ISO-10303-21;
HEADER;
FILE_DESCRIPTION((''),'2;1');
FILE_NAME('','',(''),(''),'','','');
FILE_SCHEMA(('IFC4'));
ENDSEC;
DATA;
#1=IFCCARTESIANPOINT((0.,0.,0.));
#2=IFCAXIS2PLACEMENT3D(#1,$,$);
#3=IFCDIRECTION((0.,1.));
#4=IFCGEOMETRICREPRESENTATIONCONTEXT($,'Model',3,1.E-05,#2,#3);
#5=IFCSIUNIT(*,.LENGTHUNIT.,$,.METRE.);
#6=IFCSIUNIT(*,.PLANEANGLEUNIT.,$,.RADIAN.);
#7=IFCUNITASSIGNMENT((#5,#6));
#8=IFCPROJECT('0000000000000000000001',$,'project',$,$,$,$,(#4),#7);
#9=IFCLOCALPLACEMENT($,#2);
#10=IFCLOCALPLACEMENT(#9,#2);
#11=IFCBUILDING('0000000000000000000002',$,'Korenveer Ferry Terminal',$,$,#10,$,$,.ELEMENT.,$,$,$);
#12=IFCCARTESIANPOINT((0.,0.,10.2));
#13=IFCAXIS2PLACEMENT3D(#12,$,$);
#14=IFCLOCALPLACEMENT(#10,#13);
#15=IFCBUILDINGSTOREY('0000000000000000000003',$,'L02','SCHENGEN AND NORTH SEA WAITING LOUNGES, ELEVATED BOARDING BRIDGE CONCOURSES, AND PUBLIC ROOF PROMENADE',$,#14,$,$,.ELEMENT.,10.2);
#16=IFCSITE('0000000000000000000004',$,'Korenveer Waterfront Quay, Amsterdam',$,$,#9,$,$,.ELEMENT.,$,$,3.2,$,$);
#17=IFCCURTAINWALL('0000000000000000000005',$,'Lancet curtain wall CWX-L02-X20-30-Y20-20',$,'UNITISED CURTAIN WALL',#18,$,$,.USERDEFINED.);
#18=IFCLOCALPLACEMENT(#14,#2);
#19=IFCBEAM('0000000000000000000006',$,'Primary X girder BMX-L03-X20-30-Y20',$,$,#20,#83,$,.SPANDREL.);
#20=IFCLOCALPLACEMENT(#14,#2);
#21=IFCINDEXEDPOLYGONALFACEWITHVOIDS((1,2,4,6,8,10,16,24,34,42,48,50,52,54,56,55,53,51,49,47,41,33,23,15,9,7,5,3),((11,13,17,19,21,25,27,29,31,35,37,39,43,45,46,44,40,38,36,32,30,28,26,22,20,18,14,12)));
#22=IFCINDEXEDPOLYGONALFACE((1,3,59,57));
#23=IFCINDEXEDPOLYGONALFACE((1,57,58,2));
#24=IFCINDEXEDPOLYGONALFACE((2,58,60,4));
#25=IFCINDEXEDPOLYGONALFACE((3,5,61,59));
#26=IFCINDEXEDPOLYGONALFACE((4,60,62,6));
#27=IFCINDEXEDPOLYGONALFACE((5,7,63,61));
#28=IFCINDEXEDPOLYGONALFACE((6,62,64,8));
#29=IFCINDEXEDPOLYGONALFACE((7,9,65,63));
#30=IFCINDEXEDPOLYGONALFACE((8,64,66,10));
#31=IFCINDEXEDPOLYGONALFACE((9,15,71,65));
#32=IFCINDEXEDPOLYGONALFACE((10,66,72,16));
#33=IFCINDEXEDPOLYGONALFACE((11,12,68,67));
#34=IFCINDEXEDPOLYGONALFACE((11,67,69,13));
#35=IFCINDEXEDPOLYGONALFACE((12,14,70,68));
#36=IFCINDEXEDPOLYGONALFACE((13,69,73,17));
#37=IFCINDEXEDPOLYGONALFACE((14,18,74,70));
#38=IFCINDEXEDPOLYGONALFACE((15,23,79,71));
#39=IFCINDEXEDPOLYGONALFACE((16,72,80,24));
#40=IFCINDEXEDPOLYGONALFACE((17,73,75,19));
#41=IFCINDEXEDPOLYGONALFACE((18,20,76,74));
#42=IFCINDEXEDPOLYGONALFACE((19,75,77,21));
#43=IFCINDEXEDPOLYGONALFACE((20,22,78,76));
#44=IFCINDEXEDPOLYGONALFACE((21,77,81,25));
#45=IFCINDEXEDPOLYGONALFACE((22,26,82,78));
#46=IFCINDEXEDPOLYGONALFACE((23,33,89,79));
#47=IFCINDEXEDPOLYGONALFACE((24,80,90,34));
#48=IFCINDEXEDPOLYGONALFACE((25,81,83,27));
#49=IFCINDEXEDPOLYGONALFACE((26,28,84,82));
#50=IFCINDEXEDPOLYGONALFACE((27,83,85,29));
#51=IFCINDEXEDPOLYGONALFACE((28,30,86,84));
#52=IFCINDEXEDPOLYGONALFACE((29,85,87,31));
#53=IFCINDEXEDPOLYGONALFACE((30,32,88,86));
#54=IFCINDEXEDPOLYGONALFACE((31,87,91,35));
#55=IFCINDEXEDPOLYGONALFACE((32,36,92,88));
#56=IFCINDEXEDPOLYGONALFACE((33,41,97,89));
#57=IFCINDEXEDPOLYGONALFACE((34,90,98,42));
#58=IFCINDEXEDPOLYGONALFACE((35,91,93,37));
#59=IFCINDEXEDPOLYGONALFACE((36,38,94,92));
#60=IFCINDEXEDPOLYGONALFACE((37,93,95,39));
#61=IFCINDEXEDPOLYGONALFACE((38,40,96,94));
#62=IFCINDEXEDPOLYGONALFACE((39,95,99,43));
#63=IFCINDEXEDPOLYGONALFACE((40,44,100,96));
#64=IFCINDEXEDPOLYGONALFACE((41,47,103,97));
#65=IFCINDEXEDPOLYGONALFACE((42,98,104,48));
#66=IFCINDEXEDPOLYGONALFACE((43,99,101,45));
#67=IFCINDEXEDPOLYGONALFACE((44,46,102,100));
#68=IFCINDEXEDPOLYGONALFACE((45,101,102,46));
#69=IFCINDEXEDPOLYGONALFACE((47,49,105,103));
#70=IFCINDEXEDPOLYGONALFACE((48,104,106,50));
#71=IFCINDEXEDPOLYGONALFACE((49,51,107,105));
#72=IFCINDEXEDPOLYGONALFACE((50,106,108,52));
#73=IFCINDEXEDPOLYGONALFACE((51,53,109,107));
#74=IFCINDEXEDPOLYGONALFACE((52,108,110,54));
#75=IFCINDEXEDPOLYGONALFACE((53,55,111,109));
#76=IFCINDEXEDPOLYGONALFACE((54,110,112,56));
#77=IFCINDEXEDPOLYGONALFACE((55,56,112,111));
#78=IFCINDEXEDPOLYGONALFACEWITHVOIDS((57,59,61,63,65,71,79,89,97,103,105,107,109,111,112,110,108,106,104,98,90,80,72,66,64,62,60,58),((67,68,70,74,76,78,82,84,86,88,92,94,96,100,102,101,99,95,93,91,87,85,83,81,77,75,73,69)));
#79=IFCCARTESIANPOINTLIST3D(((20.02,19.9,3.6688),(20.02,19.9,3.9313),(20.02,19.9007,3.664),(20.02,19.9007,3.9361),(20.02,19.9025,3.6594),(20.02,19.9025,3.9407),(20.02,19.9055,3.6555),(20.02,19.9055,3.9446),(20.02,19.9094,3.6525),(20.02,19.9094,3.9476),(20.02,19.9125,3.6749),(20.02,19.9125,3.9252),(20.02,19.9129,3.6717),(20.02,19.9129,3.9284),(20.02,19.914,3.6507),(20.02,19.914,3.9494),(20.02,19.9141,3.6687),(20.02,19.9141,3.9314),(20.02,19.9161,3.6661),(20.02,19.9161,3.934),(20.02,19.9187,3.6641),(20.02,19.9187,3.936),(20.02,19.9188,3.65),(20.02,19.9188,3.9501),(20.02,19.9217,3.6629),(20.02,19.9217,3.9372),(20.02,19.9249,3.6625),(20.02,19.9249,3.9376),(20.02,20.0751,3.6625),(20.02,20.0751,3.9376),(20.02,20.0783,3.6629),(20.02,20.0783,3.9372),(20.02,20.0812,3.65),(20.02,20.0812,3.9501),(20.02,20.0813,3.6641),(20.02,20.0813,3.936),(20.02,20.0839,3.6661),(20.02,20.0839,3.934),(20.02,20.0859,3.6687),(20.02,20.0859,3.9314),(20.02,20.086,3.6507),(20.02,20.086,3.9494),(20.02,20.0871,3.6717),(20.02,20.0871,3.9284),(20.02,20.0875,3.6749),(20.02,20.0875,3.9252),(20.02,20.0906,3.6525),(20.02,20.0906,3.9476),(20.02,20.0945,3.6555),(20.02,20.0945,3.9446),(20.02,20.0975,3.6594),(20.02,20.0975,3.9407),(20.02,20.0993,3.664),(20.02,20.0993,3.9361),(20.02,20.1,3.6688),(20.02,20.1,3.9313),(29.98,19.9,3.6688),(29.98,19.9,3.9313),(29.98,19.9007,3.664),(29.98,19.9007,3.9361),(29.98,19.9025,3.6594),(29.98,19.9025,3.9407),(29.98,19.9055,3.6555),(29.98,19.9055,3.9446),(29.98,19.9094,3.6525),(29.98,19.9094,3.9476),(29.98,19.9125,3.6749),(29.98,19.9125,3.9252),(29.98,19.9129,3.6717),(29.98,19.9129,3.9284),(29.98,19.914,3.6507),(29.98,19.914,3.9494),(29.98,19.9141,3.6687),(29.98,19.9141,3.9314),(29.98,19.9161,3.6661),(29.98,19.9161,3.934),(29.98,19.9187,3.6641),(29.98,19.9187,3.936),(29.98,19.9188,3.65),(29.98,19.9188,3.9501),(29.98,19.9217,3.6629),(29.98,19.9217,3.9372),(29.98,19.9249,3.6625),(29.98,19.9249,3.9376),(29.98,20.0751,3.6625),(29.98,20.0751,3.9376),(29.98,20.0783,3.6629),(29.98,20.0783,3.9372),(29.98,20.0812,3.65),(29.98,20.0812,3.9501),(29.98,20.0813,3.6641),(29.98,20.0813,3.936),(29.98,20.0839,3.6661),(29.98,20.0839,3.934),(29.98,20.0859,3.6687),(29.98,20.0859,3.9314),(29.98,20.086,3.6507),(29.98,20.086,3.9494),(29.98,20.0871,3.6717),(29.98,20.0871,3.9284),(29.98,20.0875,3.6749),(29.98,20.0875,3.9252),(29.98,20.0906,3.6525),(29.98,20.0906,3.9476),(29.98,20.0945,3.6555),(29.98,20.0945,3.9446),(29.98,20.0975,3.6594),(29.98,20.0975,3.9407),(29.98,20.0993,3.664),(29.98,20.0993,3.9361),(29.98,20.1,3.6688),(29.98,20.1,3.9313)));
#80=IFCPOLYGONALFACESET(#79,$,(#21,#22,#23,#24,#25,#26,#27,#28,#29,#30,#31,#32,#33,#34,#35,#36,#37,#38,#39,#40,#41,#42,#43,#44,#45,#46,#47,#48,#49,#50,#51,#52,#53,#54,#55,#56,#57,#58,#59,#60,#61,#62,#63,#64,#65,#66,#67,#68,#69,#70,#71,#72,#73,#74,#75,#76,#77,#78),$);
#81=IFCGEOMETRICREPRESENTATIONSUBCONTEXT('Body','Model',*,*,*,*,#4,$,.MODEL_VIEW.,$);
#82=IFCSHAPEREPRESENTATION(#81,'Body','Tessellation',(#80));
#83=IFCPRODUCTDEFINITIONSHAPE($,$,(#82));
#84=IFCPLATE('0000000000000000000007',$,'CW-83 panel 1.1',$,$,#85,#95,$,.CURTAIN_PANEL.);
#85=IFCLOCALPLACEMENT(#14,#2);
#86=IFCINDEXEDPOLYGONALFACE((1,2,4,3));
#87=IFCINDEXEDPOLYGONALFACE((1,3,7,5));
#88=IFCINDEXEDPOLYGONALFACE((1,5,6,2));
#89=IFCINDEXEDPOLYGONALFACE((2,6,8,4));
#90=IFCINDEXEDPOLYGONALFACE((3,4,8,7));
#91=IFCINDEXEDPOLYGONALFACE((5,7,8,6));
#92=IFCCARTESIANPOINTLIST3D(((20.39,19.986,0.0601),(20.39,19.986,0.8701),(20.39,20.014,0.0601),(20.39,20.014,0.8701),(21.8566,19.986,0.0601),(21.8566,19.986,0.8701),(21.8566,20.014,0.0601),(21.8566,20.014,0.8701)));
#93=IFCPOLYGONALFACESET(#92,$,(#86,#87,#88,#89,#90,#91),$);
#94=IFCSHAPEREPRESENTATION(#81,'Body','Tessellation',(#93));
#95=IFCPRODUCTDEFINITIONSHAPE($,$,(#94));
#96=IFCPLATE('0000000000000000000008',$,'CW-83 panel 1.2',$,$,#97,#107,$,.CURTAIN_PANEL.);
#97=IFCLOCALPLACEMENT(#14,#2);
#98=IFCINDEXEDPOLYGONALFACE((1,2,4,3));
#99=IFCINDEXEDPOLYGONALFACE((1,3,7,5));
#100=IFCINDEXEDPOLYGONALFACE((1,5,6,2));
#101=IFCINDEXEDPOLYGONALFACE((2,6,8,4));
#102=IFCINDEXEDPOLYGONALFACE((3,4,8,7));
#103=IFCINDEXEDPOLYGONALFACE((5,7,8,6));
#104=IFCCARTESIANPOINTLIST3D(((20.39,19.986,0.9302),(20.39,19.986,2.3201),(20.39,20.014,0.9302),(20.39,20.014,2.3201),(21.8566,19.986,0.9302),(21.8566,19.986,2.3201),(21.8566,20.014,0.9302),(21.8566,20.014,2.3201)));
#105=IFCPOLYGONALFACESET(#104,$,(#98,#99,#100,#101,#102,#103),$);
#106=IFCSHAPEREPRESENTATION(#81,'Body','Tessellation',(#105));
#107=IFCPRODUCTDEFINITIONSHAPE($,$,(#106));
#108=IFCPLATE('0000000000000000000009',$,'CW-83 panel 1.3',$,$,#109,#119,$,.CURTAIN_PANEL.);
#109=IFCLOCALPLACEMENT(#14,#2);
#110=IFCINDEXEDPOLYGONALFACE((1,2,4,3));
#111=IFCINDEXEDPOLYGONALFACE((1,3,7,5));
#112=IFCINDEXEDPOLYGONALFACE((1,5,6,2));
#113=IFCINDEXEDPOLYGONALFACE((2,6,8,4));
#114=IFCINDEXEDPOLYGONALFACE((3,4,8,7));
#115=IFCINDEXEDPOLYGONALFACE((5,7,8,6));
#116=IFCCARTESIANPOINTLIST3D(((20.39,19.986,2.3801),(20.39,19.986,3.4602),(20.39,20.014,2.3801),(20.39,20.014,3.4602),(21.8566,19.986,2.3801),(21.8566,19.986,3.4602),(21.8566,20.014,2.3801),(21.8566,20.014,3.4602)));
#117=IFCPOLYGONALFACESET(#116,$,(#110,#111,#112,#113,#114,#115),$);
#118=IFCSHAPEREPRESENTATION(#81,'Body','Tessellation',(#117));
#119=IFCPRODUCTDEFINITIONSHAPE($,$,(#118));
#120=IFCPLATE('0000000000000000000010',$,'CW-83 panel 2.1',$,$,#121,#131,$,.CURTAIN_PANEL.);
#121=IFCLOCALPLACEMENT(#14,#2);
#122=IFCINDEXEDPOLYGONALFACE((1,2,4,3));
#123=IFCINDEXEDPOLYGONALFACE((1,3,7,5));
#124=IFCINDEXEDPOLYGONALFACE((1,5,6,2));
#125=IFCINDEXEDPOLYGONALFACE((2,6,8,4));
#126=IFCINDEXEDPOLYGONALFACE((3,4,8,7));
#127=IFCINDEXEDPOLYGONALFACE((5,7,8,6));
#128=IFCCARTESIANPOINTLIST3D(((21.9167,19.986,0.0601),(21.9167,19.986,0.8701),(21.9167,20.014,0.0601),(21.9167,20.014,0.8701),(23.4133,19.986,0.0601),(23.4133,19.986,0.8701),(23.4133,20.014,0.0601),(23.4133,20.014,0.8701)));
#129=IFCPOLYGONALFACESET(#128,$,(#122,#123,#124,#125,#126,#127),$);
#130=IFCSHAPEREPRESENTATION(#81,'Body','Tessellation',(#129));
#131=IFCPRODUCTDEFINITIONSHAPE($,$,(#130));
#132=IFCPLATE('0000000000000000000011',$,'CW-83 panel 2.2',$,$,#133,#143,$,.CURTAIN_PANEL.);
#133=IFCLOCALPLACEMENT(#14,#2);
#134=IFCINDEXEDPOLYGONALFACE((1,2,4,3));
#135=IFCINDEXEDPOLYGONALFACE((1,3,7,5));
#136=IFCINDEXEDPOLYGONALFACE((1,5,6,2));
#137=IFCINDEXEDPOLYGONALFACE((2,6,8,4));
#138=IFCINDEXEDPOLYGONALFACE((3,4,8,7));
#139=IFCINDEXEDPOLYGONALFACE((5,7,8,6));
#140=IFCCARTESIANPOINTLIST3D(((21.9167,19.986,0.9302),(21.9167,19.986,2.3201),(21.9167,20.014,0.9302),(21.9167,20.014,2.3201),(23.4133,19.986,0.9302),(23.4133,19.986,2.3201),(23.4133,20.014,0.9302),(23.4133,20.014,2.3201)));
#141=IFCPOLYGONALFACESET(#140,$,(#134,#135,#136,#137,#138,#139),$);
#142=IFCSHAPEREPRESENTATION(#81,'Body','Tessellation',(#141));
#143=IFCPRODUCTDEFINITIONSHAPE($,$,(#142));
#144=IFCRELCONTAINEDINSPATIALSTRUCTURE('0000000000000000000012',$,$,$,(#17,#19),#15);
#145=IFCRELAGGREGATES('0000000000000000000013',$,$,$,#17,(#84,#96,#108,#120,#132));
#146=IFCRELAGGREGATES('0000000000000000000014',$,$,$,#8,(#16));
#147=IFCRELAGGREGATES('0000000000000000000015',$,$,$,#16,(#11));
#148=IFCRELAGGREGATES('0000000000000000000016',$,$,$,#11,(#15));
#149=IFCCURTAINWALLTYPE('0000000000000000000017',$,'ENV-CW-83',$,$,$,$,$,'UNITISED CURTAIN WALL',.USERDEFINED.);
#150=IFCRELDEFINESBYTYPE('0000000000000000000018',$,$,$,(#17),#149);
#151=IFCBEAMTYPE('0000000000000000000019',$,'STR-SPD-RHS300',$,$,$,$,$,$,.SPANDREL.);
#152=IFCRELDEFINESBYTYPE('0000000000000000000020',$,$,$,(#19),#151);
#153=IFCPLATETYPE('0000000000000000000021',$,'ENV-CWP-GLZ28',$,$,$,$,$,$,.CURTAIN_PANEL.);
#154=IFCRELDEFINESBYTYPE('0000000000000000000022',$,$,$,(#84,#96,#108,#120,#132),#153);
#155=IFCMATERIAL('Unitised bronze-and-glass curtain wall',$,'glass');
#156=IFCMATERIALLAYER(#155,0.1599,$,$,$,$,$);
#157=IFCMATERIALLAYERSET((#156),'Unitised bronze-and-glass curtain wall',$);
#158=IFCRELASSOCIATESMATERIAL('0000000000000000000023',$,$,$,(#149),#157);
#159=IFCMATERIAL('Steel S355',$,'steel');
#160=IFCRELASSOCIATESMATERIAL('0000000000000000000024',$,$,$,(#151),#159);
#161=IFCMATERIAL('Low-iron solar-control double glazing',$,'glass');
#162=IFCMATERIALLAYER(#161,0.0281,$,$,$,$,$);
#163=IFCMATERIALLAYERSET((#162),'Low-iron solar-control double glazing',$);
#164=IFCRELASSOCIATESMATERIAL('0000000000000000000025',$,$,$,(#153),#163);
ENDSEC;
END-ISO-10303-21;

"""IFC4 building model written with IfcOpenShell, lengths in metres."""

from ifc_helpers import new_model, si_unit, direction, frame, origin, origin_2d, place, context, subcontext, project, spatial, rectangle, hollow_rectangle, extrude, material, layer, layer_set, material_profile, profile_set, type_object, element, aggregate, save


model = new_model("IFC4")

# Units and contexts
model_context = context("Model", 3, precision=1e-05, world=origin(), true_north=direction((0.0, 1.0)))
body_context = subcontext(model_context, "Body", "Model", "MODEL_VIEW")
ifc_project = project(units=[si_unit("LENGTHUNIT", "METRE"), si_unit("PLANEANGLEUNIT", "RADIAN")], contexts=[model_context])

# Site, building, storey
site_placement = place(None, origin())
site = spatial("IfcSite", under=ifc_project, at=site_placement, Name="Korenveer Waterfront Quay, Amsterdam", CompositionType="ELEMENT", RefElevation=3.2)
building_placement = place(site_placement, origin())
building = spatial("IfcBuilding", under=site, at=building_placement, Name="Korenveer Ferry Terminal", CompositionType="ELEMENT")
storey_placement = place(building_placement, frame((0.0, 0.0, 10.2)))
storey = spatial("IfcBuildingStorey", under=building, at=storey_placement, Name="L02", Description="SCHENGEN AND NORTH SEA WAITING LOUNGES, ELEVATED BOARDING BRIDGE CONCOURSES, AND PUBLIC ROOF PROMENADE", CompositionType="ELEMENT", Elevation=10.2)

# Curtain wall
ifc_material_1 = material(Name="Unitised bronze-and-glass curtain wall", Category="glass")
ifc_layer_1 = layer(ifc_material_1, 0.1599)
ifc_layer_set_1 = layer_set([ifc_layer_1], Name="Unitised bronze-and-glass curtain wall")
curtain_wall_type = type_object("IfcCurtainWallType", Name="ENV-CW-83", ElementType="UNITISED CURTAIN WALL", PredefinedType="USERDEFINED", material=ifc_layer_set_1)
curtain_wall_placement = place(storey_placement, frame((20.3301, 20.0, 0.0)))
curtain_wall = element("IfcCurtainWall", 1, at=curtain_wall_placement, inside=storey, type_object=curtain_wall_type, Name="Lancet curtain wall CWX-L02-X20-30-Y20-20", ObjectType="UNITISED CURTAIN WALL", PredefinedType="USERDEFINED")

# Beam
ifc_material_2 = material(Name="Steel S355", Category="steel")
ifc_material_profile_1 = material_profile(ifc_material_2, hollow_rectangle(XDim=0.2, YDim=0.3, WallThickness=0.0125, InnerFilletRadius=0.0125, OuterFilletRadius=0.0188, at=origin_2d()), Name="RHS 300x200x12.5")
ifc_profile_set_1 = profile_set([ifc_material_profile_1], Name="Steel S355")
beam_type = type_object("IfcBeamType", Name="STR-SPD-RHS300", PredefinedType="SPANDREL", material=ifc_profile_set_1)
beam_placement = place(storey_placement, frame((20.02, 20.0, 3.8), z_axis=(1.0, 0.0, 0.0), x_axis=(0.0, 1.0, 0.0)))
element("IfcBeam", 2, at=beam_placement, inside=storey, type_object=beam_type, Name="Primary X girder BMX-L03-X20-30-Y20", PredefinedType="SPANDREL", context=body_context, shape_type="SweptSolid", body=[
    extrude(hollow_rectangle(XDim=0.2, YDim=0.3, WallThickness=0.0125, InnerFilletRadius=0.0125, OuterFilletRadius=0.0188, at=origin_2d()), origin(), (0.0, 0.0, 1.0), 9.96),
])

# Plates
ifc_material_3 = material(Name="Low-iron solar-control double glazing", Category="glass")
ifc_layer_2 = layer(ifc_material_3, 0.0281)
ifc_layer_set_2 = layer_set([ifc_layer_2], Name="Low-iron solar-control double glazing")
plate_type = type_object("IfcPlateType", Name="ENV-CWP-GLZ28", PredefinedType="CURTAIN_PANEL", material=ifc_layer_set_2)
plate_1_placement = place(storey_placement, frame((21.1233, 20.0, 0.0601), z_axis=(0.0, 0.0, 1.0), x_axis=(1.0, 0.0, 0.0)))
plate_1 = element("IfcPlate", 3, at=plate_1_placement, type_object=plate_type, Name="CW-83 panel 1.1", PredefinedType="CURTAIN_PANEL", context=body_context, shape_type="SweptSolid", body=[
    extrude(rectangle(XDim=1.4666, YDim=0.0281, at=origin_2d()), origin(), (0.0, 0.0, 1.0), 0.8101),
])
plate_2_placement = place(storey_placement, frame((21.1233, 20.0, 0.9302), z_axis=(0.0, 0.0, 1.0), x_axis=(1.0, 0.0, 0.0)))
plate_2 = element("IfcPlate", 4, at=plate_2_placement, type_object=plate_type, Name="CW-83 panel 1.2", PredefinedType="CURTAIN_PANEL", context=body_context, shape_type="SweptSolid", body=[
    extrude(rectangle(XDim=1.4666, YDim=0.0281, at=origin_2d()), origin(), (0.0, 0.0, 1.0), 1.3899),
])
plate_3_placement = place(storey_placement, frame((21.1233, 20.0, 2.3801), z_axis=(0.0, 0.0, 1.0), x_axis=(1.0, 0.0, 0.0)))
plate_3 = element("IfcPlate", 5, at=plate_3_placement, type_object=plate_type, Name="CW-83 panel 1.3", PredefinedType="CURTAIN_PANEL", context=body_context, shape_type="SweptSolid", body=[
    extrude(rectangle(XDim=1.4666, YDim=0.0281, at=origin_2d()), origin(), (0.0, 0.0, 1.0), 1.0801),
])
plate_4_placement = place(storey_placement, frame((22.665, 20.0, 0.0601), z_axis=(0.0, 0.0, 1.0), x_axis=(1.0, 0.0, 0.0)))
plate_4 = element("IfcPlate", 6, at=plate_4_placement, type_object=plate_type, Name="CW-83 panel 2.1", PredefinedType="CURTAIN_PANEL", context=body_context, shape_type="SweptSolid", body=[
    extrude(rectangle(XDim=1.4966, YDim=0.0281, at=origin_2d()), origin(), (0.0, 0.0, 1.0), 0.8101),
])
plate_5_placement = place(storey_placement, frame((22.665, 20.0, 0.9302), z_axis=(0.0, 0.0, 1.0), x_axis=(1.0, 0.0, 0.0)))
plate_5 = element("IfcPlate", 7, at=plate_5_placement, type_object=plate_type, Name="CW-83 panel 2.2", PredefinedType="CURTAIN_PANEL", context=body_context, shape_type="SweptSolid", body=[
    extrude(rectangle(XDim=1.4966, YDim=0.0281, at=origin_2d()), origin(), (0.0, 0.0, 1.0), 1.3899),
])
aggregate(curtain_wall, [plate_1, plate_2, plate_3, plate_4, plate_5])

save(model, "model.ifc")
